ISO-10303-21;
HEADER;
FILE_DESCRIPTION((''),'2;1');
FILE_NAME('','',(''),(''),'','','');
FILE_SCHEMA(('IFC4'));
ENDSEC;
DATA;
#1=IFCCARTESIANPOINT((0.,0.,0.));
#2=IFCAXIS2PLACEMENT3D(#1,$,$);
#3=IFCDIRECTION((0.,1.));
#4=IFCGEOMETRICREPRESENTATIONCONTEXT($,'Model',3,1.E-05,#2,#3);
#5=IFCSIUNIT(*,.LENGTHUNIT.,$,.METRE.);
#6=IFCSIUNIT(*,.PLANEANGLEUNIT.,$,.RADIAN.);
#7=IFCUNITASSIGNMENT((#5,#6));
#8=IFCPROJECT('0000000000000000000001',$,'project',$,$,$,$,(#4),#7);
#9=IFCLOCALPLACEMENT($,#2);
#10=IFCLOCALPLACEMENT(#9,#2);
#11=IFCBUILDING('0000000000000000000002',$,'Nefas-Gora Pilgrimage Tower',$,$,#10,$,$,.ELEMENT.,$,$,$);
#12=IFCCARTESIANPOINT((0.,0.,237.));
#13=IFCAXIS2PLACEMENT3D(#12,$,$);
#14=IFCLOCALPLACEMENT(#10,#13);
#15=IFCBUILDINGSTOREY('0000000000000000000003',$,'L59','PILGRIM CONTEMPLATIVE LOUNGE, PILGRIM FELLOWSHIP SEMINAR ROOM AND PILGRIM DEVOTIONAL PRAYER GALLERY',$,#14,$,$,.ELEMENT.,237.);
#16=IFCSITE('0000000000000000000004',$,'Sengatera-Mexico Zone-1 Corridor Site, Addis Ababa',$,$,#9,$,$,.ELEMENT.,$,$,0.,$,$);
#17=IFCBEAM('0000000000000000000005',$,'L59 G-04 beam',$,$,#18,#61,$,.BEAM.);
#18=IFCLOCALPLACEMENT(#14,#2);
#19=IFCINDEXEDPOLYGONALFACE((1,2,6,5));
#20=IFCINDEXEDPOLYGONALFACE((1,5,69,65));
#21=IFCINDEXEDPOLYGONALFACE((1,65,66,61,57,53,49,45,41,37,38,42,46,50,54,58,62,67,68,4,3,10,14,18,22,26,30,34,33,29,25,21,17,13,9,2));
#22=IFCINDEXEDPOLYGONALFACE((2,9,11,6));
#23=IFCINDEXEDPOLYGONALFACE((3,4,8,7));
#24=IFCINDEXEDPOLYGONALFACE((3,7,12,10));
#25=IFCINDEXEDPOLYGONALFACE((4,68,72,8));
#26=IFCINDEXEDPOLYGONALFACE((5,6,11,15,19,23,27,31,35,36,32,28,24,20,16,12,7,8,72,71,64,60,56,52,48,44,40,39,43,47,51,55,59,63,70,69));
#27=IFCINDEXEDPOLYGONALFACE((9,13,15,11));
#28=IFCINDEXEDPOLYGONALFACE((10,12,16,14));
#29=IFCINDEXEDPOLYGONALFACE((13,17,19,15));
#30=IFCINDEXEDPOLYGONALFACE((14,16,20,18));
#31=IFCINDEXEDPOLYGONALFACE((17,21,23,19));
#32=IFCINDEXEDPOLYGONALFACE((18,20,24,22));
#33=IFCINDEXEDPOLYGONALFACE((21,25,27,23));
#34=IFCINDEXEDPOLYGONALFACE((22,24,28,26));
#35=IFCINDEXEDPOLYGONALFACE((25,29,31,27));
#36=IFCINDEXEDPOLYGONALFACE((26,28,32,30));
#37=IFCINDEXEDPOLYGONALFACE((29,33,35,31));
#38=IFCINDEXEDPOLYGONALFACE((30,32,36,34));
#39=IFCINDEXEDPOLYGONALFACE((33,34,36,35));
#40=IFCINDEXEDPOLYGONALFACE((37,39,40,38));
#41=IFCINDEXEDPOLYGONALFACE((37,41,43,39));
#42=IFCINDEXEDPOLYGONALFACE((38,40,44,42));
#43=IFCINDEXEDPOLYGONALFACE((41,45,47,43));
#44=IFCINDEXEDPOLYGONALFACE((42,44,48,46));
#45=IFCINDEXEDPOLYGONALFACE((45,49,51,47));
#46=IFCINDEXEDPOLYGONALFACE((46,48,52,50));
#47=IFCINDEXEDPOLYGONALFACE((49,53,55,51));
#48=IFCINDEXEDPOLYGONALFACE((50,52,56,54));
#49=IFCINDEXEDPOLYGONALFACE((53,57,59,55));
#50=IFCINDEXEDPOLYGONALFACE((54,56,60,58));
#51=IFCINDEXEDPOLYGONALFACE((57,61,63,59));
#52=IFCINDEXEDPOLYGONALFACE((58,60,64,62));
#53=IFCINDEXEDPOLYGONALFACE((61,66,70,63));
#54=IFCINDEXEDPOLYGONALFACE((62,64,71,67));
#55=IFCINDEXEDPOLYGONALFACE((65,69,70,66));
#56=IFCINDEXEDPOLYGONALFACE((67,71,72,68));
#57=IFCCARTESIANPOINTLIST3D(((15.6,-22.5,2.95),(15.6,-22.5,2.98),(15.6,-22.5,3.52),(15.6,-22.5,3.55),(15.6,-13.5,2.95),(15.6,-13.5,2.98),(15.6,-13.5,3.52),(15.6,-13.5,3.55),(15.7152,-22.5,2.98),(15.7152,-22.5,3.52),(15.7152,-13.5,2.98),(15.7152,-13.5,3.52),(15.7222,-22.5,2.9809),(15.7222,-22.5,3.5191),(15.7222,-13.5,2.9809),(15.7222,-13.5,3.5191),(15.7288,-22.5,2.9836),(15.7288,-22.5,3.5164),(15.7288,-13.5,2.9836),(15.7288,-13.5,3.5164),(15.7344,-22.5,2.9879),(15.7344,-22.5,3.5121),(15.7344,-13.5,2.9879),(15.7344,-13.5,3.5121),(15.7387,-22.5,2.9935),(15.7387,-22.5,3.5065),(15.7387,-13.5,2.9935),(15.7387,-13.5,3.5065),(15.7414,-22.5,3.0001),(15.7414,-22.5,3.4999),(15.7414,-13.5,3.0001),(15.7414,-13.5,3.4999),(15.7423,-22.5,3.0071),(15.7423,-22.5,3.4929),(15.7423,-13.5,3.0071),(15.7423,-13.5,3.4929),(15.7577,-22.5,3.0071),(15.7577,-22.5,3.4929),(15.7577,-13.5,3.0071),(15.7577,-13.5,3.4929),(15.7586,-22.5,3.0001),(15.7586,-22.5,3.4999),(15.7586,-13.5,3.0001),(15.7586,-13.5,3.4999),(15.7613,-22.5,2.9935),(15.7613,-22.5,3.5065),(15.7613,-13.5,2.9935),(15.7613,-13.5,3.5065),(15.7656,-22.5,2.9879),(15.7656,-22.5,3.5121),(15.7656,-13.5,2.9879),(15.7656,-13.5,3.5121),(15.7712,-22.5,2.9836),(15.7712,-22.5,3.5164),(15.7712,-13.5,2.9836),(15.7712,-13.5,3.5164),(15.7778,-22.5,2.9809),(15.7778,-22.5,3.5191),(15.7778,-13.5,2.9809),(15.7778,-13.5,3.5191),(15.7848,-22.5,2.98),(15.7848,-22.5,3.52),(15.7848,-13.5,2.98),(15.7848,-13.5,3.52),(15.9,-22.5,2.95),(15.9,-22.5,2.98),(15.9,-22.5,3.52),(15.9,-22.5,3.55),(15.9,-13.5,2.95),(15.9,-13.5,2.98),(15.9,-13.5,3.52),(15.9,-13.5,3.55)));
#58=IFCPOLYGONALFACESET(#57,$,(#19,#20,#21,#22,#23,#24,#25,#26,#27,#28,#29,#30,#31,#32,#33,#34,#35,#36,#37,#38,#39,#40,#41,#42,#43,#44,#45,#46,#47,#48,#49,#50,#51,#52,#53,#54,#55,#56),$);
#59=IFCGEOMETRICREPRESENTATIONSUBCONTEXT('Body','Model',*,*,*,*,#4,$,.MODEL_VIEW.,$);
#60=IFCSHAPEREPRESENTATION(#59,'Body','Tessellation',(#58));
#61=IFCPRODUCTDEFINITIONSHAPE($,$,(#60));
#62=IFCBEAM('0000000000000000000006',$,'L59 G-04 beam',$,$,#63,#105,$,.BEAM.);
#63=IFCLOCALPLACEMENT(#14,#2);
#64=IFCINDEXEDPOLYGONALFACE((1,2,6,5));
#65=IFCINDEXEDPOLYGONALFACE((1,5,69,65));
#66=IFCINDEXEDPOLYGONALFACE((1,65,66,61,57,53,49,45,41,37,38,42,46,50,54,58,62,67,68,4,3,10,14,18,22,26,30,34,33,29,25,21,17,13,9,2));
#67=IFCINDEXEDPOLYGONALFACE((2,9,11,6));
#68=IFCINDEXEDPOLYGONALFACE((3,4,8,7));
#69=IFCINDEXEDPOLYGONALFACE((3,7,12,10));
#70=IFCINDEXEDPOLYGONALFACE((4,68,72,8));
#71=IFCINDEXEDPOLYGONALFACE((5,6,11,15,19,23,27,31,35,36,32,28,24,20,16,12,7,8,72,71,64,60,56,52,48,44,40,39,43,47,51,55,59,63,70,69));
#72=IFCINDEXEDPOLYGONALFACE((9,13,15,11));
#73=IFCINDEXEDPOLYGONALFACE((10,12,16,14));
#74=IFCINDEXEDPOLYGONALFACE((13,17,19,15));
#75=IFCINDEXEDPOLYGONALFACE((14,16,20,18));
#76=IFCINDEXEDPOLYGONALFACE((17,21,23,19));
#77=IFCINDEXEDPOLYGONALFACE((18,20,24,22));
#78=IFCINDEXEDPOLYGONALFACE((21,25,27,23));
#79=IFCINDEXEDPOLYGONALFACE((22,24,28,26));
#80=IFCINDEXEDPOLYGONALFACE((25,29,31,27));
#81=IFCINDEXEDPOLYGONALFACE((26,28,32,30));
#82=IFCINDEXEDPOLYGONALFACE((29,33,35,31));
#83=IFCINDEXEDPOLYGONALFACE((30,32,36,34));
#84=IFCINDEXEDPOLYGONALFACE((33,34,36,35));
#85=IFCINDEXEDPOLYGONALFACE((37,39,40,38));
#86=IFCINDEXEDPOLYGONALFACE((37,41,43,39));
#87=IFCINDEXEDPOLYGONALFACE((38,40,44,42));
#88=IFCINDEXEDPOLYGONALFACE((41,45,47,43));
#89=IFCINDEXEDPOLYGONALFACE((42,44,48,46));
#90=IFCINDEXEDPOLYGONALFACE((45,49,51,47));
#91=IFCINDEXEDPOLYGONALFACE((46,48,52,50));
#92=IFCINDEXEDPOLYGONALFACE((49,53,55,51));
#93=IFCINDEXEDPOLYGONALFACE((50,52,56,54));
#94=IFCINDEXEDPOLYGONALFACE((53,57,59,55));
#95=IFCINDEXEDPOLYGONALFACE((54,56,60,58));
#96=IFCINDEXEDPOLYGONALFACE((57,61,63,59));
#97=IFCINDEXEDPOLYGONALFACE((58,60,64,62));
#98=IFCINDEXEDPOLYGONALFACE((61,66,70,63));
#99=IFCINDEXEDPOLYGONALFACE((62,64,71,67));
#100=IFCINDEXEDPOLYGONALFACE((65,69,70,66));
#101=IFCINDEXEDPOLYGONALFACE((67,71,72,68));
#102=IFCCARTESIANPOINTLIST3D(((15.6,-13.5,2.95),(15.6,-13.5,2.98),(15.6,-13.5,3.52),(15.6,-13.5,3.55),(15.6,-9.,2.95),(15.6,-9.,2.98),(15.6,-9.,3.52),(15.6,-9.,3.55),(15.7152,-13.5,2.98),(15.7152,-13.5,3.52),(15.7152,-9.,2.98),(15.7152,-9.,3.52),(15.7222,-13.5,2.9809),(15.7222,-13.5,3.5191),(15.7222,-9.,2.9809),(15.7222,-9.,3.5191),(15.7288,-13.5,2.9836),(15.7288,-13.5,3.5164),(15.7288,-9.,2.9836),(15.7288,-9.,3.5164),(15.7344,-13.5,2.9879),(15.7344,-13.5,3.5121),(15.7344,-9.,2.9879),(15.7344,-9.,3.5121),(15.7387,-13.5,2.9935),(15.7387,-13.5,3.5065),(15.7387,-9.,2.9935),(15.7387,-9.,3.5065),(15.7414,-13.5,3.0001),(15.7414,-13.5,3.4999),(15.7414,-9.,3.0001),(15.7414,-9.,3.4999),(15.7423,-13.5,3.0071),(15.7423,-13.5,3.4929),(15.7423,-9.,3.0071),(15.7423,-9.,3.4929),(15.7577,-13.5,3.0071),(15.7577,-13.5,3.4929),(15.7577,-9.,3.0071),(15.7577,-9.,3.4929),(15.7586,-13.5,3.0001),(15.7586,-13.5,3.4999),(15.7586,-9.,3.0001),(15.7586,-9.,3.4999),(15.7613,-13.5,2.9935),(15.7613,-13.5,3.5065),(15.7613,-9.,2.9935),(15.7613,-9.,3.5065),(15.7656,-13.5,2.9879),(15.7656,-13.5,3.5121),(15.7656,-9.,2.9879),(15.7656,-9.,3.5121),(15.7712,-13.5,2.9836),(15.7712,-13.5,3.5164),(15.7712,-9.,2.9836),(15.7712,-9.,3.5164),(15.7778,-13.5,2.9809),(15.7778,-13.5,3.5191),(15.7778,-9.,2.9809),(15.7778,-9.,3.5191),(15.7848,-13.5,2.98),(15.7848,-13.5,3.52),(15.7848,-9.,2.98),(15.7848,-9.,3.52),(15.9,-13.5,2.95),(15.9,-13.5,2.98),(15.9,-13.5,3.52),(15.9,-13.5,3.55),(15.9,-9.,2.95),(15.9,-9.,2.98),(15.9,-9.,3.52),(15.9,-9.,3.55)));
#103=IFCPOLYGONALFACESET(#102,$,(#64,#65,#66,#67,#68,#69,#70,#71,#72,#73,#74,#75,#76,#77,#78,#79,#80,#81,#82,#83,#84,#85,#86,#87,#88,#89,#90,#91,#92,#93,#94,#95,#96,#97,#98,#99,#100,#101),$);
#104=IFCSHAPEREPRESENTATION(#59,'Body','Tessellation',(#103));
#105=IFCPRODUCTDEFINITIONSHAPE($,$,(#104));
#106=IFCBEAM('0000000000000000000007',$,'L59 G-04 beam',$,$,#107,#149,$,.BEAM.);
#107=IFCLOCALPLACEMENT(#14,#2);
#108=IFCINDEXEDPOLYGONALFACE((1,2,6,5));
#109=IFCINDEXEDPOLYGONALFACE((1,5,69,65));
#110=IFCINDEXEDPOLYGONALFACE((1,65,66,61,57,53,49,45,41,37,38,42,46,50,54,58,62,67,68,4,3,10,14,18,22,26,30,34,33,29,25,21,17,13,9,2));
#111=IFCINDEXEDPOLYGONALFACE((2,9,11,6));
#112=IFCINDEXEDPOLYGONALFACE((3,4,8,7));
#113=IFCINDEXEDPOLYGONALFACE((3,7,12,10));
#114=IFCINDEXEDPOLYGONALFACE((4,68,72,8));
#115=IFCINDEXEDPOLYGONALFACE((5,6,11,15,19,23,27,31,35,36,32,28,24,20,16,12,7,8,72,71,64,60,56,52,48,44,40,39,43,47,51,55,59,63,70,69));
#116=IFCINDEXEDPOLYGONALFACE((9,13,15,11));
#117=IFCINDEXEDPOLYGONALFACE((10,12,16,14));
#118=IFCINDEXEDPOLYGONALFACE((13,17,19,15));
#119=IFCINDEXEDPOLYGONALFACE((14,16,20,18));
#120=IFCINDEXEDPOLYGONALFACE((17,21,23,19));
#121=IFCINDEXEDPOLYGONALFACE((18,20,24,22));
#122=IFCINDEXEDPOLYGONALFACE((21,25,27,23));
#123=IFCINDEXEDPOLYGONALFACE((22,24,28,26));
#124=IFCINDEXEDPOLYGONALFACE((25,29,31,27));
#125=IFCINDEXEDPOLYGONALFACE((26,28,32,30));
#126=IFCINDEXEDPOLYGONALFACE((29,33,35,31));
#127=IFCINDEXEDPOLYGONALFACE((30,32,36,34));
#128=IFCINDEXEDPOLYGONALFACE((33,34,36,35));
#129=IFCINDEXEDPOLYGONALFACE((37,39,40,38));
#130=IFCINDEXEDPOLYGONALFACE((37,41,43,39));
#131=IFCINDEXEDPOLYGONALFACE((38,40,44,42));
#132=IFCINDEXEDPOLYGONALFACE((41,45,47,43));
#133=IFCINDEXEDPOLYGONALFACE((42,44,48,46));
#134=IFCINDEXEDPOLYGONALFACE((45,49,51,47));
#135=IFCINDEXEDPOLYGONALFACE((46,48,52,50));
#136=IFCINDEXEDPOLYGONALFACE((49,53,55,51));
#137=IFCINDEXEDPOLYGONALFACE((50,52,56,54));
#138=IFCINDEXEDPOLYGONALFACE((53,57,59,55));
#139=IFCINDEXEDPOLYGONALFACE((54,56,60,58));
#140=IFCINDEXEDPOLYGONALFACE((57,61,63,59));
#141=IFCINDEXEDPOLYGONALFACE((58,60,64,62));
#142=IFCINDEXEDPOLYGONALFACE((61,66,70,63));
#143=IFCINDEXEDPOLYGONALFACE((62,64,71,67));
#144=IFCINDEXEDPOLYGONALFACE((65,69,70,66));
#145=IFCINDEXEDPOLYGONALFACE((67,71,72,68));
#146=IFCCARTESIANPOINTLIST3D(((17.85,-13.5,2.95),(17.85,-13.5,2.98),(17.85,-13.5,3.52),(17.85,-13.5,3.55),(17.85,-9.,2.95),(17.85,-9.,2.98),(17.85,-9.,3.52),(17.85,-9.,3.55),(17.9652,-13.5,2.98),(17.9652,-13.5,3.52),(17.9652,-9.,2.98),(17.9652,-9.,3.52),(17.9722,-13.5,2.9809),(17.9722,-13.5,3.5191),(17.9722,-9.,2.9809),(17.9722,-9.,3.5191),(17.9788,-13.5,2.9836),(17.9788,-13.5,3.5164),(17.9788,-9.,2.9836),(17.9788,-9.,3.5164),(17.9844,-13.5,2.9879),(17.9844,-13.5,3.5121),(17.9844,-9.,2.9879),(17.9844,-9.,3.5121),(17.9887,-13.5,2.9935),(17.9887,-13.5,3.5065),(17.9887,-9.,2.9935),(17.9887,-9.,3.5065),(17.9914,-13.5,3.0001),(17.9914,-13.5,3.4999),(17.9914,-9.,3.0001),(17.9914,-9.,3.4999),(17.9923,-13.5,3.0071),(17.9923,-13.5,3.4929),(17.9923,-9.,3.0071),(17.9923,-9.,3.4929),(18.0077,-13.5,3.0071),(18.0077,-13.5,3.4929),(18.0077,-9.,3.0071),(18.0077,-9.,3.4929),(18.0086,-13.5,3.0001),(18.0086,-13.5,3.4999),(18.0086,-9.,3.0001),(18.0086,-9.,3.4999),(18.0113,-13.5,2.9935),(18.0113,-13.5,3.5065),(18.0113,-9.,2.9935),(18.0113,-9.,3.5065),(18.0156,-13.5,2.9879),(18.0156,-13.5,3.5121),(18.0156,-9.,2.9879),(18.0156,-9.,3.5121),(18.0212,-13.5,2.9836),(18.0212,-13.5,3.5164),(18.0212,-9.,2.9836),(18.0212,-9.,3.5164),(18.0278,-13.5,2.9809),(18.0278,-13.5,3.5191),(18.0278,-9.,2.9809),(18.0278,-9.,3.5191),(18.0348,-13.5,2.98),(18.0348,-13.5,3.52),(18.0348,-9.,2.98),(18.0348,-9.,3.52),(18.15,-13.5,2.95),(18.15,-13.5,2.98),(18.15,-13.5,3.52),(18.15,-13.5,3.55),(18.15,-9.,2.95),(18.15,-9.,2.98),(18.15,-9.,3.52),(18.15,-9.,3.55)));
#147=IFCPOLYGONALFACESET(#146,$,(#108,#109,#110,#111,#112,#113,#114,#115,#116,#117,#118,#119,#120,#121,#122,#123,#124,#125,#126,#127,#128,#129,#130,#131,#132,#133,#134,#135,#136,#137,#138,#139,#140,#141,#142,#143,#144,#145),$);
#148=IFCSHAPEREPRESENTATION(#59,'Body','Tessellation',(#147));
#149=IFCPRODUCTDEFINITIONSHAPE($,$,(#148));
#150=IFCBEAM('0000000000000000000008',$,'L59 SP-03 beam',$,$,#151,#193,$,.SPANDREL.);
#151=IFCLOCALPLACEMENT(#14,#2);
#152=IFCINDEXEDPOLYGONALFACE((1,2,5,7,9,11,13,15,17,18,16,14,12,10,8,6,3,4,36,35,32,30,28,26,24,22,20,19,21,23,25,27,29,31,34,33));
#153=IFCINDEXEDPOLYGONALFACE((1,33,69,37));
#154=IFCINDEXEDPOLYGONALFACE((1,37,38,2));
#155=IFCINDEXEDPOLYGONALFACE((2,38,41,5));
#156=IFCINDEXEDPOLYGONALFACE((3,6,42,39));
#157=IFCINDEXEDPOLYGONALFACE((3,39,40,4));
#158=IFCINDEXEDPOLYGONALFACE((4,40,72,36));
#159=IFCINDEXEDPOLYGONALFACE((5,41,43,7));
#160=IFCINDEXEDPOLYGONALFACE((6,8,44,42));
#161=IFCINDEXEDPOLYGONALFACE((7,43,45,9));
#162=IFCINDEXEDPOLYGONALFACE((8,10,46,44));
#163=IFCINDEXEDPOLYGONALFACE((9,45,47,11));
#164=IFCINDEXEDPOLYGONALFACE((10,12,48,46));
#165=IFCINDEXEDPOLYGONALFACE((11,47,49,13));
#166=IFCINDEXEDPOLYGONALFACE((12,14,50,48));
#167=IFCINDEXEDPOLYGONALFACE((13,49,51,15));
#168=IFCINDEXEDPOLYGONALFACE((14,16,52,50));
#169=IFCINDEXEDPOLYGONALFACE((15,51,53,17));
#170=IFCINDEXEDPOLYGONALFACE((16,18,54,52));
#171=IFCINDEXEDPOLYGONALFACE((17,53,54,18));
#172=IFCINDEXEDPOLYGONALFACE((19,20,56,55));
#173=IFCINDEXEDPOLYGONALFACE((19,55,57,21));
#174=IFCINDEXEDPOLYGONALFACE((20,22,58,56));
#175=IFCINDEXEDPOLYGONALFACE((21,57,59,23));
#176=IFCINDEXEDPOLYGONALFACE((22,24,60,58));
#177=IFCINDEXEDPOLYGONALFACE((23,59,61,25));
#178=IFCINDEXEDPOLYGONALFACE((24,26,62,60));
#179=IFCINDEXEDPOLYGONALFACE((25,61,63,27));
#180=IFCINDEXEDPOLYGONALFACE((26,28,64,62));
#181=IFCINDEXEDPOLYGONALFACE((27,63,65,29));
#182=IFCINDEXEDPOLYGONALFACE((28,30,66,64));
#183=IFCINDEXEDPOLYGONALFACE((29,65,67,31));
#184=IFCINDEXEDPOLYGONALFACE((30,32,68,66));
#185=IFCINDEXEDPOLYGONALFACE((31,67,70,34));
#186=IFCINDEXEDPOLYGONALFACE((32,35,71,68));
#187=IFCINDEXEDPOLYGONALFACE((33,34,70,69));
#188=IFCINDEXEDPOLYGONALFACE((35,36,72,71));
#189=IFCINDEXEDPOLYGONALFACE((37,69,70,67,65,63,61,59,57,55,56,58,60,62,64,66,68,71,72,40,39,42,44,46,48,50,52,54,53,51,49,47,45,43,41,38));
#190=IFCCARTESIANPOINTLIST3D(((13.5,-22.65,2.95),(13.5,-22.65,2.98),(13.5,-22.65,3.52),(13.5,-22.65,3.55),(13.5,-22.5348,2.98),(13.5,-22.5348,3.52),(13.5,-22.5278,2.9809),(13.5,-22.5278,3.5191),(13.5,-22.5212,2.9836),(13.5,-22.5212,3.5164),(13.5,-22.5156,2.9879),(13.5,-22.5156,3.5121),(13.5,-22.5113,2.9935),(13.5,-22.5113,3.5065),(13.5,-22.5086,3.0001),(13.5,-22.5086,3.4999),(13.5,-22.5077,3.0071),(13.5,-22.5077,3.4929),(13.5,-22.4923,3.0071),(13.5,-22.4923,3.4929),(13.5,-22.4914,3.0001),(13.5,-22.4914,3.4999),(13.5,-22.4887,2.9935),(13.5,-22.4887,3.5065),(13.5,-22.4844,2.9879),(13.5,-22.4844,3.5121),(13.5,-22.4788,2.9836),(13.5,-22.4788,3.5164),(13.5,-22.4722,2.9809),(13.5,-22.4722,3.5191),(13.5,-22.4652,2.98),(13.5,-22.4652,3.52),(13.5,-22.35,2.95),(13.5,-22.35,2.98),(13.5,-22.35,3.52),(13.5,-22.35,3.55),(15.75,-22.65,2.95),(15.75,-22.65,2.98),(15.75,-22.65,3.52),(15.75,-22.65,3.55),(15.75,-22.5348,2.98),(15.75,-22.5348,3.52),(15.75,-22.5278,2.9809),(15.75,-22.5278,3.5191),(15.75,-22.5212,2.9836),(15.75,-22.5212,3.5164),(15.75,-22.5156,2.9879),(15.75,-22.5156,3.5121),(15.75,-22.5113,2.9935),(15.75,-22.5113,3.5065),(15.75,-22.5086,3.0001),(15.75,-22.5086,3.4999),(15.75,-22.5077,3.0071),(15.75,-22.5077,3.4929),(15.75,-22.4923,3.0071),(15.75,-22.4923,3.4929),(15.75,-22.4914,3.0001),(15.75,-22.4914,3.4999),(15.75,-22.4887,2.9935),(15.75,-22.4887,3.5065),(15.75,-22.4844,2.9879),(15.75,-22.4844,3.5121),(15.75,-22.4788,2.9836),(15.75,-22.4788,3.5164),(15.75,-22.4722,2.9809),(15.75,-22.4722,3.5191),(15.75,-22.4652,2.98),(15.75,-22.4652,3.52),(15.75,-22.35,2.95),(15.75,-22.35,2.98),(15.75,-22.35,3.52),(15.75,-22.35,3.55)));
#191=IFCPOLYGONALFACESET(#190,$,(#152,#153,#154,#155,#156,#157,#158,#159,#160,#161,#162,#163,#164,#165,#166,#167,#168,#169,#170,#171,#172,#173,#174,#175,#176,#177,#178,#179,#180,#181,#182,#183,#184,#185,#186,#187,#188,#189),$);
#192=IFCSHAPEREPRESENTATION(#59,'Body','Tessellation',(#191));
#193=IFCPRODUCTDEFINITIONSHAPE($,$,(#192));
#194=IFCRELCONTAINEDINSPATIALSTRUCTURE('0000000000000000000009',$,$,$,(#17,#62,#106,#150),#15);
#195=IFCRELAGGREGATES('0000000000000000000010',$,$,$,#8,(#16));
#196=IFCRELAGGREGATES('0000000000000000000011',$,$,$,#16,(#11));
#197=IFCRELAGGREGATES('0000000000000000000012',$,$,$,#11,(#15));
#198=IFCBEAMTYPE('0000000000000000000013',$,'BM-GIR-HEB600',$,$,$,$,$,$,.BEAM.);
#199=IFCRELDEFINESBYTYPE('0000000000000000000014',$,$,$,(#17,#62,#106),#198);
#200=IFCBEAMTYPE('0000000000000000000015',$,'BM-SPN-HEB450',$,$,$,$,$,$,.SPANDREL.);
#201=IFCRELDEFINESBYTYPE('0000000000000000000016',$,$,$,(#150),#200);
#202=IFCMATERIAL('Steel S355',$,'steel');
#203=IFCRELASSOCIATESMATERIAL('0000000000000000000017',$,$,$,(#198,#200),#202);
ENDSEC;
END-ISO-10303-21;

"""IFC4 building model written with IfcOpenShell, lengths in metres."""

from ifc_helpers import new_model, si_unit, direction, frame, origin, origin_2d, place, context, subcontext, project, spatial, i_section, extrude, source, transform, mapped, material, material_profile, profile_set, type_object, element, save


model = new_model("IFC4")

# Units and contexts
model_context = context("Model", 3, precision=1e-05, world=origin(), true_north=direction((0.0, 1.0)))
body_context = subcontext(model_context, "Body", "Model", "MODEL_VIEW")
ifc_project = project(units=[si_unit("LENGTHUNIT", "METRE"), si_unit("PLANEANGLEUNIT", "RADIAN")], contexts=[model_context])

# Site, building, storey
site_placement = place(None, origin())
site = spatial("IfcSite", under=ifc_project, at=site_placement, Name="Sengatera-Mexico Zone-1 Corridor Site, Addis Ababa", CompositionType="ELEMENT", RefElevation=0.0)
building_placement = place(site_placement, origin())
building = spatial("IfcBuilding", under=site, at=building_placement, Name="Nefas-Gora Pilgrimage Tower", CompositionType="ELEMENT")
storey_placement = place(building_placement, frame((0.0, 0.0, 237.0)))
storey = spatial("IfcBuildingStorey", under=building, at=storey_placement, Name="L59", Description="PILGRIM CONTEMPLATIVE LOUNGE, PILGRIM FELLOWSHIP SEMINAR ROOM AND PILGRIM DEVOTIONAL PRAYER GALLERY", CompositionType="ELEMENT", Elevation=237.0)

# Beams
ifc_material_1 = material(Name="Steel S355", Category="steel")
ifc_material_profile_1 = material_profile(ifc_material_1, i_section(OverallWidth=0.3, OverallDepth=0.6001, WebThickness=0.0154, FlangeThickness=0.03, FilletRadius=0.0271, at=origin_2d()), Name="HEB 600")
ifc_profile_set_1 = profile_set([ifc_material_profile_1], Name="Steel S355")
beam_type_1 = type_object("IfcBeamType", Name="BM-GIR-HEB600", PredefinedType="BEAM", material=ifc_profile_set_1)
shared_shape_1 = source(origin(), body_context, "Body", "SweptSolid", [
    extrude(i_section(OverallWidth=0.3, OverallDepth=0.6001, WebThickness=0.0154, FlangeThickness=0.03, FilletRadius=0.0271, at=origin_2d()), origin(), (0.0, 0.0, 1.0), 9.0),
])
for number, where, z_axis, x_axis, name in (
    (1, (15.75, -22.5, 3.25), (0.0, 1.0, 0.0), (-1.0, 0.0, 0.0), "L59 G-04 beam"),
):
    element("IfcBeam", number, at=place(storey_placement, frame(where, z_axis=z_axis, x_axis=x_axis)), inside=storey, type_object=beam_type_1, Name=name, PredefinedType="BEAM", context=body_context, shape_type="MappedRepresentation", body=[
        mapped(shared_shape_1, transform((0.0, 0.0, 0.0), x_axis=(1.0, 0.0, 0.0), y_axis=(0.0, 1.0, 0.0), z_axis=(0.0, 0.0, 1.0), scale=1.0)),
    ])
shared_shape_2 = source(origin(), body_context, "Body", "SweptSolid", [
    extrude(i_section(OverallWidth=0.3, OverallDepth=0.6001, WebThickness=0.0154, FlangeThickness=0.03, FilletRadius=0.0271, at=origin_2d()), origin(), (0.0, 0.0, 1.0), 4.5),
])
for number, where, z_axis, x_axis, name in (
    (2, (15.75, -13.5, 3.25), (0.0, 1.0, 0.0), (-1.0, 0.0, 0.0), "L59 G-04 beam"),
    (3, (18.0, -13.5, 3.25), (0.0, 1.0, 0.0), (-1.0, 0.0, 0.0), "L59 G-04 beam"),
):
    element("IfcBeam", number, at=place(storey_placement, frame(where, z_axis=z_axis, x_axis=x_axis)), inside=storey, type_object=beam_type_1, Name=name, PredefinedType="BEAM", context=body_context, shape_type="MappedRepresentation", body=[
        mapped(shared_shape_2, transform((0.0, 0.0, 0.0), x_axis=(1.0, 0.0, 0.0), y_axis=(0.0, 1.0, 0.0), z_axis=(0.0, 0.0, 1.0), scale=1.0)),
    ])
ifc_material_profile_2 = material_profile(ifc_material_1, i_section(OverallWidth=0.3, OverallDepth=0.6001, WebThickness=0.0154, FlangeThickness=0.03, FilletRadius=0.0271, at=origin_2d()), Name="HEB 600")
ifc_profile_set_2 = profile_set([ifc_material_profile_2], Name="Steel S355")
beam_type_2 = type_object("IfcBeamType", Name="BM-SPN-HEB450", PredefinedType="SPANDREL", material=ifc_profile_set_2)
shared_shape_3 = source(origin(), body_context, "Body", "SweptSolid", [
    extrude(i_section(OverallWidth=0.3, OverallDepth=0.6001, WebThickness=0.0154, FlangeThickness=0.03, FilletRadius=0.0271, at=origin_2d()), origin(), (0.0, 0.0, 1.0), 2.25),
])
beam_1_placement = place(storey_placement, frame((13.5, -22.5, 3.25), z_axis=(1.0, 0.0, 0.0), x_axis=(0.0, 1.0, 0.0)))
element("IfcBeam", 4, at=beam_1_placement, inside=storey, type_object=beam_type_2, Name="L59 SP-03 beam", PredefinedType="SPANDREL", context=body_context, shape_type="MappedRepresentation", body=[
    mapped(shared_shape_3, transform((0.0, 0.0, 0.0), x_axis=(1.0, 0.0, 0.0), y_axis=(0.0, 1.0, 0.0), z_axis=(0.0, 0.0, 1.0), scale=1.0)),
])

save(model, "model.ifc")
